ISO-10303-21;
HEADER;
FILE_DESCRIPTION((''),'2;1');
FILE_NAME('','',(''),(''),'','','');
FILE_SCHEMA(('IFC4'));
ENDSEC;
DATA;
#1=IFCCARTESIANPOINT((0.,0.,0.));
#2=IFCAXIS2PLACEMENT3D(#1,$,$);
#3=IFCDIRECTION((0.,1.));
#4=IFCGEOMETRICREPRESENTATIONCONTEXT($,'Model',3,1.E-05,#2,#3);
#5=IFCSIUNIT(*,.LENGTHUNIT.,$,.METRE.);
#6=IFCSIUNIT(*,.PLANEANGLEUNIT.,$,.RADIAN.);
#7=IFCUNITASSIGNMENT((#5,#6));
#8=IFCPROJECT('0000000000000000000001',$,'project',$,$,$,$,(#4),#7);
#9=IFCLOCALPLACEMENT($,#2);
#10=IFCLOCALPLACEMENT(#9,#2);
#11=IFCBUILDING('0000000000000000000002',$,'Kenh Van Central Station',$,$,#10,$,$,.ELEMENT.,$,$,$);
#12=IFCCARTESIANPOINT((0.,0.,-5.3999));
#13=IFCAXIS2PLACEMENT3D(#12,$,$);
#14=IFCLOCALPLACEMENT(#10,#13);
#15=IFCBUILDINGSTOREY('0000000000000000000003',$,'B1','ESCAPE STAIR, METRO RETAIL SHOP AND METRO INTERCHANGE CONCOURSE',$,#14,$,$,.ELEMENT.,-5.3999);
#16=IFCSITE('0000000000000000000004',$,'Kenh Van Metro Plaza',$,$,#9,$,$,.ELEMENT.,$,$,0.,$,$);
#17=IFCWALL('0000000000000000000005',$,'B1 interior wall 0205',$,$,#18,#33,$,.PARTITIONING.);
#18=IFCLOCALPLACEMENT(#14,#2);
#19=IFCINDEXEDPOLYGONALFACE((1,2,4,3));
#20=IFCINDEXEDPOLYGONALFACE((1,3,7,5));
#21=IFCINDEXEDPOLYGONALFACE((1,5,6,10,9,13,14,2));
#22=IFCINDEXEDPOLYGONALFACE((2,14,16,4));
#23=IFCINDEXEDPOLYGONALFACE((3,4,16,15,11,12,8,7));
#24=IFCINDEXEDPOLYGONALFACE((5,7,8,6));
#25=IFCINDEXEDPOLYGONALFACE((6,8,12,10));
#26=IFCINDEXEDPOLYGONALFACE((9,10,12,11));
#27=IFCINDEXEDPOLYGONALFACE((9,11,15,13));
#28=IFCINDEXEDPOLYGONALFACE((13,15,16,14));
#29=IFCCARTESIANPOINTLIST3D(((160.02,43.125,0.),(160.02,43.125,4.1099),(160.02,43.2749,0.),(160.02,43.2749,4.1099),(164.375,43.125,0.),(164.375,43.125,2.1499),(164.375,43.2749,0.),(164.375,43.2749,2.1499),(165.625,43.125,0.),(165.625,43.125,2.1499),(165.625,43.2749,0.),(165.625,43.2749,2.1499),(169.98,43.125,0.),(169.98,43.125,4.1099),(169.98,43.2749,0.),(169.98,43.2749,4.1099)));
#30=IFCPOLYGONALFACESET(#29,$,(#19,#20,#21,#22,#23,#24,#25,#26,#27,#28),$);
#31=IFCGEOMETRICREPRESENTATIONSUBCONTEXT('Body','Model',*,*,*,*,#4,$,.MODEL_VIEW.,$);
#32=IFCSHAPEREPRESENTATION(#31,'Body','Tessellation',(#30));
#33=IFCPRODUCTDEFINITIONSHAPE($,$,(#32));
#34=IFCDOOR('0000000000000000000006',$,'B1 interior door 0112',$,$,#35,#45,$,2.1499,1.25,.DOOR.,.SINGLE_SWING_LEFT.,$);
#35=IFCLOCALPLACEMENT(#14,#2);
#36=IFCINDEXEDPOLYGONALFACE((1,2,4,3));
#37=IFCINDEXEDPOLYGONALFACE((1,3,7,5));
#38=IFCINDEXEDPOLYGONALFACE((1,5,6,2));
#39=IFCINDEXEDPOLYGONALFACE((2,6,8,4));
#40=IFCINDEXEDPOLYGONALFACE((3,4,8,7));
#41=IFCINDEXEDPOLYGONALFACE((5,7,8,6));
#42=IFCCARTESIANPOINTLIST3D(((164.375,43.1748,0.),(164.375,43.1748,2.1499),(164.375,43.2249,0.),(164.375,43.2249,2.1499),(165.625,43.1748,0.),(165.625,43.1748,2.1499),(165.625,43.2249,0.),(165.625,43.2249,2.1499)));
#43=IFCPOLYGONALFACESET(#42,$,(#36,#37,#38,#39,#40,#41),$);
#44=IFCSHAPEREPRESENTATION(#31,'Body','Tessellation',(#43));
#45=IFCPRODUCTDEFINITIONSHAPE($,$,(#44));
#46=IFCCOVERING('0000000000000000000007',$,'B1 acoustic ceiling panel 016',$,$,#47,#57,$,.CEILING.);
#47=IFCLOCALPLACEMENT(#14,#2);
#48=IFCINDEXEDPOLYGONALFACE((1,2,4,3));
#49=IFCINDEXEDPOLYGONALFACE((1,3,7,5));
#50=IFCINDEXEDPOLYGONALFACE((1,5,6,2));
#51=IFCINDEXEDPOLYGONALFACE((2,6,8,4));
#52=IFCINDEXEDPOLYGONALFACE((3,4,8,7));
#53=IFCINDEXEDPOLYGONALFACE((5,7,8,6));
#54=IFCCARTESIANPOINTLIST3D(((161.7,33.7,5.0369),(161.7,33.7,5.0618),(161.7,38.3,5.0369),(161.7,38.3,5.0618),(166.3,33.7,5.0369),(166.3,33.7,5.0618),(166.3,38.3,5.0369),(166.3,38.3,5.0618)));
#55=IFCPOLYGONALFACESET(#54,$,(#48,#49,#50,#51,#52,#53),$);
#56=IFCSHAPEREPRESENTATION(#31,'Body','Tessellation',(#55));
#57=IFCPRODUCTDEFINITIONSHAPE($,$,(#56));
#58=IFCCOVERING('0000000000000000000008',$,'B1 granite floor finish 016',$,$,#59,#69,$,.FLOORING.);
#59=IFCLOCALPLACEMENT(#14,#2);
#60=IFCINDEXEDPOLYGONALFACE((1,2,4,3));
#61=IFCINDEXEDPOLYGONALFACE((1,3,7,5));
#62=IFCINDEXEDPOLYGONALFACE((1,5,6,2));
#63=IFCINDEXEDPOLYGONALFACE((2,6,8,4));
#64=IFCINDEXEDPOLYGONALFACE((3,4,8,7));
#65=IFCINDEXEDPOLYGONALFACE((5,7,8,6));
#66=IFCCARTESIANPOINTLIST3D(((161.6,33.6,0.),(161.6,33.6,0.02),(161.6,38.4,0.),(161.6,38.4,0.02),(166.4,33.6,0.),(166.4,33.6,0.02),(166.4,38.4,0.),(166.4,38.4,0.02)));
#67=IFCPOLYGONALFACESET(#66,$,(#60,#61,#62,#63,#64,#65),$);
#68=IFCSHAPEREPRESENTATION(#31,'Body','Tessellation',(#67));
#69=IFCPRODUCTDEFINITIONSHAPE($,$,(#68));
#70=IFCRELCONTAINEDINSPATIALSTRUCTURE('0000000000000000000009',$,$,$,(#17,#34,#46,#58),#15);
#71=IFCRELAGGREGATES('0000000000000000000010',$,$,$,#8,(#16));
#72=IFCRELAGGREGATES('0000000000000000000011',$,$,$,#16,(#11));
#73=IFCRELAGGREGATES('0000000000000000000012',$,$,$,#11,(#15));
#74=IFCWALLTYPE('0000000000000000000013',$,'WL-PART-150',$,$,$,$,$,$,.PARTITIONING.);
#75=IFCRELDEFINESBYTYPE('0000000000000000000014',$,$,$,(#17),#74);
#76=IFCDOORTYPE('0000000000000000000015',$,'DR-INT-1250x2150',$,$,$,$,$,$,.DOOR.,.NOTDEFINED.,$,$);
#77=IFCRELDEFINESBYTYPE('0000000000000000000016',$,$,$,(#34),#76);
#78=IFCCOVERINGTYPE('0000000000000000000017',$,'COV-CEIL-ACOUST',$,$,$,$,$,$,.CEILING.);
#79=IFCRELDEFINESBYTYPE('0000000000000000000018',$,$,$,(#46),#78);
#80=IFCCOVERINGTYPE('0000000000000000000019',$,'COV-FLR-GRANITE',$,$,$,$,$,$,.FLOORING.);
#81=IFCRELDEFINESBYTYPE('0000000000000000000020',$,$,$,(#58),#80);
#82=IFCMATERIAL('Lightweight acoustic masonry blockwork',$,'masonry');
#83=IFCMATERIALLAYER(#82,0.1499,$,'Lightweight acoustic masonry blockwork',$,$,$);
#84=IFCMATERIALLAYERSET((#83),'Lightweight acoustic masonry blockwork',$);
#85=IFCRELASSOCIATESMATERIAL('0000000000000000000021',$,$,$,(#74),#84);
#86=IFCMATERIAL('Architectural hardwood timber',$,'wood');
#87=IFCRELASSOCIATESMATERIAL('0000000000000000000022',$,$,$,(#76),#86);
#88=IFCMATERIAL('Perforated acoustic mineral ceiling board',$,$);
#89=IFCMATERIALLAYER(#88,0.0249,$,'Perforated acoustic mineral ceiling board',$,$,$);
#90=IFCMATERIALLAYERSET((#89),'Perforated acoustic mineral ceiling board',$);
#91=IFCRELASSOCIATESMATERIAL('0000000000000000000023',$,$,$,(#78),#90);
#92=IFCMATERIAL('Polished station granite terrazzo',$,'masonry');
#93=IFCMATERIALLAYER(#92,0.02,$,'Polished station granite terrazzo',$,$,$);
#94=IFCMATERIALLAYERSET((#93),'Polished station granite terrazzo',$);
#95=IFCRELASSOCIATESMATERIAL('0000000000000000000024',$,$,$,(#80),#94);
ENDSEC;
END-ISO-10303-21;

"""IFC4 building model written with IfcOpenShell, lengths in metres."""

from ifc_helpers import new_model, si_unit, direction, frame, frame_2d, origin, origin_2d, place, context, subcontext, project, spatial, rectangle, extrude, material, layer, layer_set, type_object, element, fill, save


model = new_model("IFC4")

# Units and contexts
model_context = context("Model", 3, precision=1e-05, world=origin(), true_north=direction((0.0, 1.0)))
body_context = subcontext(model_context, "Body", "Model", "MODEL_VIEW")
ifc_project = project(units=[si_unit("LENGTHUNIT", "METRE"), si_unit("PLANEANGLEUNIT", "RADIAN")], contexts=[model_context])

# Site, building, storey
site_placement = place(None, origin())
site = spatial("IfcSite", under=ifc_project, at=site_placement, Name="Kenh Van Metro Plaza", CompositionType="ELEMENT", RefElevation=0.0)
building_placement = place(site_placement, origin())
building = spatial("IfcBuilding", under=site, at=building_placement, Name="Kenh Van Central Station", CompositionType="ELEMENT")
storey_placement = place(building_placement, frame((0.0, 0.0, -5.3999)))
storey = spatial("IfcBuildingStorey", under=building, at=storey_placement, Name="B1", Description="ESCAPE STAIR, METRO RETAIL SHOP AND METRO INTERCHANGE CONCOURSE", CompositionType="ELEMENT", Elevation=-5.3999)

# Wall, opening, door
ifc_material_1 = material(Name="Lightweight acoustic masonry blockwork", Category="masonry")
ifc_layer_1 = layer(ifc_material_1, 0.1499, Name="Lightweight acoustic masonry blockwork")
ifc_layer_set_1 = layer_set([ifc_layer_1], Name="Lightweight acoustic masonry blockwork")
wall_type_1 = type_object("IfcWallType", Name="WL-PART-150", PredefinedType="PARTITIONING", material=ifc_layer_set_1)
wall_1_placement = place(storey_placement, frame((160.02, 43.2, 0.0), z_axis=(0.0, 0.0, 1.0), x_axis=(1.0, 0.0, 0.0)))
wall_1 = element("IfcWall", 1, at=wall_1_placement, inside=storey, type_object=wall_type_1, Name="B1 interior wall 0205", PredefinedType="PARTITIONING", context=body_context, shape_type="SweptSolid", body=[
    extrude(rectangle(XDim=9.96, YDim=0.1499, at=frame_2d((4.98, 0.0))), origin(), (0.0, 0.0, 1.0), 4.1099),
])
opening_1_placement = place(wall_1_placement, frame((4.355, 0.0, 0.0)))
opening_1 = element("IfcOpeningElement", 2, at=opening_1_placement, cuts=wall_1, PredefinedType="OPENING", context=body_context, shape_type="SweptSolid", body=[
    extrude(rectangle(XDim=1.25, YDim=2.1499, at=frame_2d((0.625, 1.075))), frame((0.0, 0.085, 0.0), z_axis=(0.0, -1.0, 0.0), x_axis=(1.0, 0.0, 0.0)), (0.0, 0.0, 1.0), 0.1699),
])
ifc_material_2 = material(Name="Architectural hardwood timber", Category="wood")
door_type_1 = type_object("IfcDoorType", Name="DR-INT-1250x2150", OperationType="NOTDEFINED", PredefinedType="DOOR", material=ifc_material_2)
door_1_placement = place(opening_1_placement, origin())
door_1 = element("IfcDoor", 3, at=door_1_placement, inside=storey, type_object=door_type_1, Name="B1 interior door 0112", OperationType="SINGLE_SWING_LEFT", OverallHeight=2.1499, OverallWidth=1.25, PredefinedType="DOOR", context=body_context, shape_type="SweptSolid", body=[
    extrude(rectangle(XDim=1.25, YDim=2.1499, at=frame_2d((0.625, 1.075))), frame((0.0, 0.0249, 0.0), z_axis=(0.0, -1.0, 0.0), x_axis=(1.0, 0.0, 0.0)), (0.0, 0.0, 1.0), 0.05),
])
fill(opening_1, door_1)

# Coverings
ifc_material_3 = material(Name="Perforated acoustic mineral ceiling board")
ifc_layer_2 = layer(ifc_material_3, 0.0249, Name="Perforated acoustic mineral ceiling board")
ifc_layer_set_2 = layer_set([ifc_layer_2], Name="Perforated acoustic mineral ceiling board")
covering_type_1 = type_object("IfcCoveringType", Name="COV-CEIL-ACOUST", PredefinedType="CEILING", material=ifc_layer_set_2)
covering_1_placement = place(storey_placement, frame((164.0, 36.0, 5.0369), z_axis=(0.0, 0.0, 1.0), x_axis=(1.0, 0.0, 0.0)))
element("IfcCovering", 4, at=covering_1_placement, inside=storey, type_object=covering_type_1, Name="B1 acoustic ceiling panel 016", PredefinedType="CEILING", context=body_context, shape_type="SweptSolid", body=[
    extrude(rectangle(XDim=4.6001, YDim=4.6001, at=origin_2d()), origin(), (0.0, 0.0, 1.0), 0.0249),
])
ifc_material_4 = material(Name="Polished station granite terrazzo", Category="masonry")
ifc_layer_3 = layer(ifc_material_4, 0.02, Name="Polished station granite terrazzo")
ifc_layer_set_3 = layer_set([ifc_layer_3], Name="Polished station granite terrazzo")
covering_type_2 = type_object("IfcCoveringType", Name="COV-FLR-GRANITE", PredefinedType="FLOORING", material=ifc_layer_set_3)
covering_2_placement = place(storey_placement, frame((164.0, 36.0, 0.0), z_axis=(0.0, 0.0, 1.0), x_axis=(1.0, 0.0, 0.0)))
element("IfcCovering", 5, at=covering_2_placement, inside=storey, type_object=covering_type_2, Name="B1 granite floor finish 016", PredefinedType="FLOORING", context=body_context, shape_type="SweptSolid", body=[
    extrude(rectangle(XDim=4.8, YDim=4.8, at=origin_2d()), origin(), (0.0, 0.0, 1.0), 0.02),
])

save(model, "model.ifc")
